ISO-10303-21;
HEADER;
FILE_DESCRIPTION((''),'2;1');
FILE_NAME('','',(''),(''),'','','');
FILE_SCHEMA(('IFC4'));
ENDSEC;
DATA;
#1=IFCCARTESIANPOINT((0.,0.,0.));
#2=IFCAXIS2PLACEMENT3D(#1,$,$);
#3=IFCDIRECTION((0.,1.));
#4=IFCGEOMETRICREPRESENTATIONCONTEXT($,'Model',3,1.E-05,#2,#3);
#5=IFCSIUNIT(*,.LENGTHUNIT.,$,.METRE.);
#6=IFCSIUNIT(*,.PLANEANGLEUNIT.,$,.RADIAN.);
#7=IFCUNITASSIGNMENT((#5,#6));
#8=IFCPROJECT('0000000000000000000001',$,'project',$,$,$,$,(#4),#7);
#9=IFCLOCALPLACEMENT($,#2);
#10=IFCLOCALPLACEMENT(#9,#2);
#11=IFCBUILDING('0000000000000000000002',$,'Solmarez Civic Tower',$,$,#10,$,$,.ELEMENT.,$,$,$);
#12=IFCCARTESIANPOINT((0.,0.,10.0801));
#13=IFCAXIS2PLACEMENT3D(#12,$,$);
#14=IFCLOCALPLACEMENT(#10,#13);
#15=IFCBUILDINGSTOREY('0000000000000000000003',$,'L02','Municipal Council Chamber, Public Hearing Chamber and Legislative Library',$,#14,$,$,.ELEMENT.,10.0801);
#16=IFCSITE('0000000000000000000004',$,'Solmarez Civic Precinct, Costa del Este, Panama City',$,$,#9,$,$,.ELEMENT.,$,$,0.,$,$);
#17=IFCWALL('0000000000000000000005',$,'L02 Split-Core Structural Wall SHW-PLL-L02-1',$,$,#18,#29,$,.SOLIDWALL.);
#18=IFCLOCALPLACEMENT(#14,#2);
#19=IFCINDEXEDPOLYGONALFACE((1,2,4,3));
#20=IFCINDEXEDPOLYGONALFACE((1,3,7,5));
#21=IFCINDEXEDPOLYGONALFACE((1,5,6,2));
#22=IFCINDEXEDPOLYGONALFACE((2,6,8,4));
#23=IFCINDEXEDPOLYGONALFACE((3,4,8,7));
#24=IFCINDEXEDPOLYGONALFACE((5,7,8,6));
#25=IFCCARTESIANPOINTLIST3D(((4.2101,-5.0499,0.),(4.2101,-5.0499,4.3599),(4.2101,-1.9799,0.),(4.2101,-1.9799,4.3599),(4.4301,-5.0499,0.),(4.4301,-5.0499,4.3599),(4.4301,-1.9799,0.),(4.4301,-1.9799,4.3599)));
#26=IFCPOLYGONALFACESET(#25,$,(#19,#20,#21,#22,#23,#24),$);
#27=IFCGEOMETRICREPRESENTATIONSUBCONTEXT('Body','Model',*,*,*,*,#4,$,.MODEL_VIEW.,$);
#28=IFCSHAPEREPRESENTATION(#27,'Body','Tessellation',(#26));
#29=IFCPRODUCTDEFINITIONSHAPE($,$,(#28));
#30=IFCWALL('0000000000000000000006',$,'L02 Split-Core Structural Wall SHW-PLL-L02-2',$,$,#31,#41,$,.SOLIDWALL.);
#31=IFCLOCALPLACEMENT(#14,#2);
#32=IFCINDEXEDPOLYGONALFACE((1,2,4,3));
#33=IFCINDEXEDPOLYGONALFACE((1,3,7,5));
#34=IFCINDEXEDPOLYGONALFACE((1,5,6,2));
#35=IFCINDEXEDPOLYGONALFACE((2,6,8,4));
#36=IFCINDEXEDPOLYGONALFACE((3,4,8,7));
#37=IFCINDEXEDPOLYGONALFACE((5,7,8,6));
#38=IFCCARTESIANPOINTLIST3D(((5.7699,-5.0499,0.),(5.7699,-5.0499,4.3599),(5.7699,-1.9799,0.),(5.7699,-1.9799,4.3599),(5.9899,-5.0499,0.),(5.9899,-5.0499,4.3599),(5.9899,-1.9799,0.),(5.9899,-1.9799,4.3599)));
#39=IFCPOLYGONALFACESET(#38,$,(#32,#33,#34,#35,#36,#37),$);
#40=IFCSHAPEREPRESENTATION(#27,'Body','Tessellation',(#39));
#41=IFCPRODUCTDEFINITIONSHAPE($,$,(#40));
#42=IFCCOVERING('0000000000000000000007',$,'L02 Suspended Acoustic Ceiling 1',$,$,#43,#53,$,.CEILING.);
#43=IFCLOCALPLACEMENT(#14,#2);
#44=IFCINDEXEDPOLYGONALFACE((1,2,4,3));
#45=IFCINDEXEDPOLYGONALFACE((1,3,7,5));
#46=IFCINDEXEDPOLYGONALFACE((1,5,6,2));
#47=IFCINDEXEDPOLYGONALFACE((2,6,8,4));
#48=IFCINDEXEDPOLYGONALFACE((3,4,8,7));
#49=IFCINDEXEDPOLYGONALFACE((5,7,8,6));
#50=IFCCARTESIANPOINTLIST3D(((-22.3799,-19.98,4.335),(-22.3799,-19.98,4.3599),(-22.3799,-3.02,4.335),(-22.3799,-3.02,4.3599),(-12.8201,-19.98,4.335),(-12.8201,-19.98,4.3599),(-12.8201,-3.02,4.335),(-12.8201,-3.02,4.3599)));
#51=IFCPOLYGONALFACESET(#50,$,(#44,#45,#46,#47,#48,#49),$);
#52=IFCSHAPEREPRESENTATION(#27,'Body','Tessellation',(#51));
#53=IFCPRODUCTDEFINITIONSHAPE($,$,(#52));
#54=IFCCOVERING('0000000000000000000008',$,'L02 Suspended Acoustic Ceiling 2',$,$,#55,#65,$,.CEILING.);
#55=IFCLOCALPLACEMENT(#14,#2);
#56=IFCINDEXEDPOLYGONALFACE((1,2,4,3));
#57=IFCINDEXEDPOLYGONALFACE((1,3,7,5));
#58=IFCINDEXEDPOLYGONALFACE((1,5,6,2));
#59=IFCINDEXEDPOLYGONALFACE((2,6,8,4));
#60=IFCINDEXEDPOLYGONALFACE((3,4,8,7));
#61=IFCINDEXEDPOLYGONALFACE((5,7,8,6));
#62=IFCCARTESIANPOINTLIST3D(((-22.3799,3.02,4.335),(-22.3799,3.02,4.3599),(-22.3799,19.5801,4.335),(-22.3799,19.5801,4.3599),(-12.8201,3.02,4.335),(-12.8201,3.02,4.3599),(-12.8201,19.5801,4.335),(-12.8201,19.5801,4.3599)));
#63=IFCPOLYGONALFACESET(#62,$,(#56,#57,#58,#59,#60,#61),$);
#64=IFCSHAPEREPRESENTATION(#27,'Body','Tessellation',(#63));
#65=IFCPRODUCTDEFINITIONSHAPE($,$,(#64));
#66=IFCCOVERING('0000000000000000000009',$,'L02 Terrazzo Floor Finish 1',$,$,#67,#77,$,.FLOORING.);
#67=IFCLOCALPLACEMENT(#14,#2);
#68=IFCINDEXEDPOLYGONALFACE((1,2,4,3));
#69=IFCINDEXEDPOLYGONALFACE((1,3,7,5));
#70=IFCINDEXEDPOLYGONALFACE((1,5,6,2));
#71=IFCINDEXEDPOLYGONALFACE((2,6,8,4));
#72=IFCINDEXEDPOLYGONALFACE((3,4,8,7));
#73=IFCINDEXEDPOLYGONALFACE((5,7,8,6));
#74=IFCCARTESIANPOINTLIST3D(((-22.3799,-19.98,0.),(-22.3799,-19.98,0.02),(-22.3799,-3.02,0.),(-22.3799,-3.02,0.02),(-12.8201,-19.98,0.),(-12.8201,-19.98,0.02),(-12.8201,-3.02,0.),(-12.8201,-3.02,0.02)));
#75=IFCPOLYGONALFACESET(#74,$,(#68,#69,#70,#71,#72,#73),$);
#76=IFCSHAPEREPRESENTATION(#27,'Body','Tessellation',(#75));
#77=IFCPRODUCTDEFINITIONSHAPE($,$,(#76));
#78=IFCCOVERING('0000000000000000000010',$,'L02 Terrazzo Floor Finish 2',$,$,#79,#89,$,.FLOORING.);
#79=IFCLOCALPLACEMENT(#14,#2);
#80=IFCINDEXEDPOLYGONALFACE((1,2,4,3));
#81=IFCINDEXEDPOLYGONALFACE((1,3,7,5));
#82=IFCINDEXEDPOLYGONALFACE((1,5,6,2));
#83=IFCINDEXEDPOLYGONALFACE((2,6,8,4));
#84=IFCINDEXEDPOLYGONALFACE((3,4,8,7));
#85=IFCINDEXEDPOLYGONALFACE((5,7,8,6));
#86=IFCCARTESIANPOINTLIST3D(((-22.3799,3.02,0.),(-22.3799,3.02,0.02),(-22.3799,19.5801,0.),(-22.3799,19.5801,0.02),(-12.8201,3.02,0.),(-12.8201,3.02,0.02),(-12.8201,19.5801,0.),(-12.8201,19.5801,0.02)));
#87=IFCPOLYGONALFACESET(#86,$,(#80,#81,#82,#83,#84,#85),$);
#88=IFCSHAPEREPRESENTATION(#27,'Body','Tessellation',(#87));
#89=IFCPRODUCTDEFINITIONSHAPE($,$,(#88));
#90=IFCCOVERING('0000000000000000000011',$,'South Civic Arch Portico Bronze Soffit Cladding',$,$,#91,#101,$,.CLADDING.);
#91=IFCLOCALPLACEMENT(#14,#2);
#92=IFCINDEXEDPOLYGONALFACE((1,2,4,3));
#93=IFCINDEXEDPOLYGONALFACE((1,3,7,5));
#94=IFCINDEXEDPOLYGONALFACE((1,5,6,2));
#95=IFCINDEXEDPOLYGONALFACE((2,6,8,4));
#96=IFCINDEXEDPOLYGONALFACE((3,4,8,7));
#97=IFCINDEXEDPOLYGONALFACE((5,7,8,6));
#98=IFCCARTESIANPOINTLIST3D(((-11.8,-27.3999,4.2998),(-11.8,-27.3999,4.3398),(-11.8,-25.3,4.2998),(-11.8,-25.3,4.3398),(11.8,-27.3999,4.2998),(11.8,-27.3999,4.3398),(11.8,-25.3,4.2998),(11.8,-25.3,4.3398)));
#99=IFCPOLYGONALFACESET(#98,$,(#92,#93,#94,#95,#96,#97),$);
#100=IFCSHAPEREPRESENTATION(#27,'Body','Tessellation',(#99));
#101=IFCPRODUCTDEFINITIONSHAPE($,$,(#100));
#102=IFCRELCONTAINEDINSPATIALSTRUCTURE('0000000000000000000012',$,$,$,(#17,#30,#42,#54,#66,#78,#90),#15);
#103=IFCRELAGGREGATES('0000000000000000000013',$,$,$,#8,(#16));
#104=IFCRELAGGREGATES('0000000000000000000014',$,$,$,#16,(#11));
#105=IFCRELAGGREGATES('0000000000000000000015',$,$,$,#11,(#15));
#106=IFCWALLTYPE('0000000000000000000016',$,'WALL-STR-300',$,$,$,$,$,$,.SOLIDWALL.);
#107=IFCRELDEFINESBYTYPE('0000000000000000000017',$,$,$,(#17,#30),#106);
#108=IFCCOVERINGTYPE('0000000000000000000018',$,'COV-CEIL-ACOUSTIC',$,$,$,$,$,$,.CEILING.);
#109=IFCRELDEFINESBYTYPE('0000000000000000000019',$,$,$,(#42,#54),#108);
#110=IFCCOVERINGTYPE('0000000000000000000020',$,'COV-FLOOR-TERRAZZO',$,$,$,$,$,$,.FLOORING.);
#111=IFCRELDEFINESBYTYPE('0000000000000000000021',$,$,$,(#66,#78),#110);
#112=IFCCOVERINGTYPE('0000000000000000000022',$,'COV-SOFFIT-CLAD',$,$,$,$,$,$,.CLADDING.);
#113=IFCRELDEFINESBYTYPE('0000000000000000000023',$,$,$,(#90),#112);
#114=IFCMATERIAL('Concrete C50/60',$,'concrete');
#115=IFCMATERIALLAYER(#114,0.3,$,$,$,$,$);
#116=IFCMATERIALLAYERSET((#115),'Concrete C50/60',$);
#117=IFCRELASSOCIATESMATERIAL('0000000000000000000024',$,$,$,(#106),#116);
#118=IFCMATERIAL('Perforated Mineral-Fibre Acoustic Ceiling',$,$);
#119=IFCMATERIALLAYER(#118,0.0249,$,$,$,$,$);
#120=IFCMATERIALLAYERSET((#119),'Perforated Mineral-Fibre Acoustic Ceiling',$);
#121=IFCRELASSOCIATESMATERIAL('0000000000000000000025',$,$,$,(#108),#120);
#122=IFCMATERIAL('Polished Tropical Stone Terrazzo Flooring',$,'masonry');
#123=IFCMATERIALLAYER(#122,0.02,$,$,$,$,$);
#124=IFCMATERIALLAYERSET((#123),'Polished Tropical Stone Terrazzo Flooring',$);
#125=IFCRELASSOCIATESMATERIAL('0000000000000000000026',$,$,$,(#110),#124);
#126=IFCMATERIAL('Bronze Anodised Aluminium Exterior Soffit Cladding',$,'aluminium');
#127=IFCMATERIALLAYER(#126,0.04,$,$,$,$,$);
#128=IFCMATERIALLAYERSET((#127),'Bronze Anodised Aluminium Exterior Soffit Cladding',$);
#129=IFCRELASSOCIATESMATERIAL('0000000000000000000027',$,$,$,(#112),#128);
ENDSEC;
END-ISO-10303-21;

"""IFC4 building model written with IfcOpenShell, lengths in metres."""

from ifc_helpers import new_model, si_unit, direction, frame, frame_2d, origin, place, context, subcontext, project, spatial, polyline, rectangle, outline, extrude, material, layer, layer_set, type_object, element, save


model = new_model("IFC4")

# Units and contexts
model_context = context("Model", 3, precision=1e-05, world=origin(), true_north=direction((0.0, 1.0)))
body_context = subcontext(model_context, "Body", "Model", "MODEL_VIEW")
ifc_project = project(units=[si_unit("LENGTHUNIT", "METRE"), si_unit("PLANEANGLEUNIT", "RADIAN")], contexts=[model_context])

# Site, building, storey
site_placement = place(None, origin())
site = spatial("IfcSite", under=ifc_project, at=site_placement, Name="Solmarez Civic Precinct, Costa del Este, Panama City", CompositionType="ELEMENT", RefElevation=0.0)
building_placement = place(site_placement, origin())
building = spatial("IfcBuilding", under=site, at=building_placement, Name="Solmarez Civic Tower", CompositionType="ELEMENT")
storey_placement = place(building_placement, frame((0.0, 0.0, 10.0801)))
storey = spatial("IfcBuildingStorey", under=building, at=storey_placement, Name="L02", Description="Municipal Council Chamber, Public Hearing Chamber and Legislative Library", CompositionType="ELEMENT", Elevation=10.0801)

# Shared definitions
ifc_material_1 = material(Name="Concrete C50/60", Category="concrete")

# Walls
ifc_layer_1 = layer(ifc_material_1, 0.3)
ifc_layer_set_1 = layer_set([ifc_layer_1], Name="Concrete C50/60")
wall_type_1 = type_object("IfcWallType", Name="WALL-STR-300", PredefinedType="SOLIDWALL", material=ifc_layer_set_1)
for number, where, z_axis, x_axis, name in (
    (1, (4.3201, -5.05, 0.0), (0.0, 0.0, 1.0), (0.0, 1.0, 0.0), "L02 Split-Core Structural Wall SHW-PLL-L02-1"),
    (2, (5.8799, -5.05, 0.0), (0.0, 0.0, 1.0), (0.0, 1.0, 0.0), "L02 Split-Core Structural Wall SHW-PLL-L02-2"),
):
    element("IfcWall", number, at=place(storey_placement, frame(where, z_axis=z_axis, x_axis=x_axis)), inside=storey, type_object=wall_type_1, Name=name, PredefinedType="SOLIDWALL", context=body_context, shape_type="SweptSolid", body=[
        extrude(rectangle(XDim=3.0701, YDim=0.22, at=frame_2d((1.5352, 0.0))), origin(), (0.0, 0.0, 1.0), 4.3599),
    ])

# Coverings
ifc_material_2 = material(Name="Perforated Mineral-Fibre Acoustic Ceiling")
ifc_layer_2 = layer(ifc_material_2, 0.0249)
ifc_layer_set_2 = layer_set([ifc_layer_2], Name="Perforated Mineral-Fibre Acoustic Ceiling")
covering_type_1 = type_object("IfcCoveringType", Name="COV-CEIL-ACOUSTIC", PredefinedType="CEILING", material=ifc_layer_set_2)
covering_1_placement = place(storey_placement, frame((0.0, 0.0, 4.335)))
element("IfcCovering", 3, at=covering_1_placement, inside=storey, type_object=covering_type_1, Name="L02 Suspended Acoustic Ceiling 1", PredefinedType="CEILING", context=body_context, shape_type="SweptSolid", body=[
    extrude(outline(polyline([(-12.8201, -19.98), (-12.8201, -3.02), (-22.3799, -3.02), (-22.3799, -19.98), (-12.8201, -19.98)])), origin(), (0.0, 0.0, 1.0), 0.0249),
])
covering_2_placement = place(storey_placement, frame((0.0, 0.0, 4.335)))
element("IfcCovering", 4, at=covering_2_placement, inside=storey, type_object=covering_type_1, Name="L02 Suspended Acoustic Ceiling 2", PredefinedType="CEILING", context=body_context, shape_type="SweptSolid", body=[
    extrude(outline(polyline([(-12.8201, 3.02), (-12.8201, 19.5801), (-22.3799, 19.5801), (-22.3799, 3.02), (-12.8201, 3.02)])), origin(), (0.0, 0.0, 1.0), 0.0249),
])
ifc_material_3 = material(Name="Polished Tropical Stone Terrazzo Flooring", Category="masonry")
ifc_layer_3 = layer(ifc_material_3, 0.02)
ifc_layer_set_3 = layer_set([ifc_layer_3], Name="Polished Tropical Stone Terrazzo Flooring")
covering_type_2 = type_object("IfcCoveringType", Name="COV-FLOOR-TERRAZZO", PredefinedType="FLOORING", material=ifc_layer_set_3)
covering_3_placement = place(storey_placement, origin())
element("IfcCovering", 5, at=covering_3_placement, inside=storey, type_object=covering_type_2, Name="L02 Terrazzo Floor Finish 1", PredefinedType="FLOORING", context=body_context, shape_type="SweptSolid", body=[
    extrude(outline(polyline([(-12.8201, -19.98), (-12.8201, -3.02), (-22.3799, -3.02), (-22.3799, -19.98), (-12.8201, -19.98)])), origin(), (0.0, 0.0, 1.0), 0.02),
])
covering_4_placement = place(storey_placement, origin())
element("IfcCovering", 6, at=covering_4_placement, inside=storey, type_object=covering_type_2, Name="L02 Terrazzo Floor Finish 2", PredefinedType="FLOORING", context=body_context, shape_type="SweptSolid", body=[
    extrude(outline(polyline([(-12.8201, 3.02), (-12.8201, 19.5801), (-22.3799, 19.5801), (-22.3799, 3.02), (-12.8201, 3.02)])), origin(), (0.0, 0.0, 1.0), 0.02),
])
ifc_material_4 = material(Name="Bronze Anodised Aluminium Exterior Soffit Cladding", Category="aluminium")
ifc_layer_4 = layer(ifc_material_4, 0.04)
ifc_layer_set_4 = layer_set([ifc_layer_4], Name="Bronze Anodised Aluminium Exterior Soffit Cladding")
covering_type_3 = type_object("IfcCoveringType", Name="COV-SOFFIT-CLAD", PredefinedType="CLADDING", material=ifc_layer_set_4)
covering_5_placement = place(storey_placement, frame((0.0, 0.0, 4.2998)))
element("IfcCovering", 7, at=covering_5_placement, inside=storey, type_object=covering_type_3, Name="South Civic Arch Portico Bronze Soffit Cladding", PredefinedType="CLADDING", context=body_context, shape_type="SweptSolid", body=[
    extrude(outline(polyline([(-11.8, -27.3999), (11.8, -27.3999), (11.8, -25.3), (-11.8, -25.3), (-11.8, -27.3999)])), origin(), (0.0, 0.0, 1.0), 0.04),
])

save(model, "model.ifc")
